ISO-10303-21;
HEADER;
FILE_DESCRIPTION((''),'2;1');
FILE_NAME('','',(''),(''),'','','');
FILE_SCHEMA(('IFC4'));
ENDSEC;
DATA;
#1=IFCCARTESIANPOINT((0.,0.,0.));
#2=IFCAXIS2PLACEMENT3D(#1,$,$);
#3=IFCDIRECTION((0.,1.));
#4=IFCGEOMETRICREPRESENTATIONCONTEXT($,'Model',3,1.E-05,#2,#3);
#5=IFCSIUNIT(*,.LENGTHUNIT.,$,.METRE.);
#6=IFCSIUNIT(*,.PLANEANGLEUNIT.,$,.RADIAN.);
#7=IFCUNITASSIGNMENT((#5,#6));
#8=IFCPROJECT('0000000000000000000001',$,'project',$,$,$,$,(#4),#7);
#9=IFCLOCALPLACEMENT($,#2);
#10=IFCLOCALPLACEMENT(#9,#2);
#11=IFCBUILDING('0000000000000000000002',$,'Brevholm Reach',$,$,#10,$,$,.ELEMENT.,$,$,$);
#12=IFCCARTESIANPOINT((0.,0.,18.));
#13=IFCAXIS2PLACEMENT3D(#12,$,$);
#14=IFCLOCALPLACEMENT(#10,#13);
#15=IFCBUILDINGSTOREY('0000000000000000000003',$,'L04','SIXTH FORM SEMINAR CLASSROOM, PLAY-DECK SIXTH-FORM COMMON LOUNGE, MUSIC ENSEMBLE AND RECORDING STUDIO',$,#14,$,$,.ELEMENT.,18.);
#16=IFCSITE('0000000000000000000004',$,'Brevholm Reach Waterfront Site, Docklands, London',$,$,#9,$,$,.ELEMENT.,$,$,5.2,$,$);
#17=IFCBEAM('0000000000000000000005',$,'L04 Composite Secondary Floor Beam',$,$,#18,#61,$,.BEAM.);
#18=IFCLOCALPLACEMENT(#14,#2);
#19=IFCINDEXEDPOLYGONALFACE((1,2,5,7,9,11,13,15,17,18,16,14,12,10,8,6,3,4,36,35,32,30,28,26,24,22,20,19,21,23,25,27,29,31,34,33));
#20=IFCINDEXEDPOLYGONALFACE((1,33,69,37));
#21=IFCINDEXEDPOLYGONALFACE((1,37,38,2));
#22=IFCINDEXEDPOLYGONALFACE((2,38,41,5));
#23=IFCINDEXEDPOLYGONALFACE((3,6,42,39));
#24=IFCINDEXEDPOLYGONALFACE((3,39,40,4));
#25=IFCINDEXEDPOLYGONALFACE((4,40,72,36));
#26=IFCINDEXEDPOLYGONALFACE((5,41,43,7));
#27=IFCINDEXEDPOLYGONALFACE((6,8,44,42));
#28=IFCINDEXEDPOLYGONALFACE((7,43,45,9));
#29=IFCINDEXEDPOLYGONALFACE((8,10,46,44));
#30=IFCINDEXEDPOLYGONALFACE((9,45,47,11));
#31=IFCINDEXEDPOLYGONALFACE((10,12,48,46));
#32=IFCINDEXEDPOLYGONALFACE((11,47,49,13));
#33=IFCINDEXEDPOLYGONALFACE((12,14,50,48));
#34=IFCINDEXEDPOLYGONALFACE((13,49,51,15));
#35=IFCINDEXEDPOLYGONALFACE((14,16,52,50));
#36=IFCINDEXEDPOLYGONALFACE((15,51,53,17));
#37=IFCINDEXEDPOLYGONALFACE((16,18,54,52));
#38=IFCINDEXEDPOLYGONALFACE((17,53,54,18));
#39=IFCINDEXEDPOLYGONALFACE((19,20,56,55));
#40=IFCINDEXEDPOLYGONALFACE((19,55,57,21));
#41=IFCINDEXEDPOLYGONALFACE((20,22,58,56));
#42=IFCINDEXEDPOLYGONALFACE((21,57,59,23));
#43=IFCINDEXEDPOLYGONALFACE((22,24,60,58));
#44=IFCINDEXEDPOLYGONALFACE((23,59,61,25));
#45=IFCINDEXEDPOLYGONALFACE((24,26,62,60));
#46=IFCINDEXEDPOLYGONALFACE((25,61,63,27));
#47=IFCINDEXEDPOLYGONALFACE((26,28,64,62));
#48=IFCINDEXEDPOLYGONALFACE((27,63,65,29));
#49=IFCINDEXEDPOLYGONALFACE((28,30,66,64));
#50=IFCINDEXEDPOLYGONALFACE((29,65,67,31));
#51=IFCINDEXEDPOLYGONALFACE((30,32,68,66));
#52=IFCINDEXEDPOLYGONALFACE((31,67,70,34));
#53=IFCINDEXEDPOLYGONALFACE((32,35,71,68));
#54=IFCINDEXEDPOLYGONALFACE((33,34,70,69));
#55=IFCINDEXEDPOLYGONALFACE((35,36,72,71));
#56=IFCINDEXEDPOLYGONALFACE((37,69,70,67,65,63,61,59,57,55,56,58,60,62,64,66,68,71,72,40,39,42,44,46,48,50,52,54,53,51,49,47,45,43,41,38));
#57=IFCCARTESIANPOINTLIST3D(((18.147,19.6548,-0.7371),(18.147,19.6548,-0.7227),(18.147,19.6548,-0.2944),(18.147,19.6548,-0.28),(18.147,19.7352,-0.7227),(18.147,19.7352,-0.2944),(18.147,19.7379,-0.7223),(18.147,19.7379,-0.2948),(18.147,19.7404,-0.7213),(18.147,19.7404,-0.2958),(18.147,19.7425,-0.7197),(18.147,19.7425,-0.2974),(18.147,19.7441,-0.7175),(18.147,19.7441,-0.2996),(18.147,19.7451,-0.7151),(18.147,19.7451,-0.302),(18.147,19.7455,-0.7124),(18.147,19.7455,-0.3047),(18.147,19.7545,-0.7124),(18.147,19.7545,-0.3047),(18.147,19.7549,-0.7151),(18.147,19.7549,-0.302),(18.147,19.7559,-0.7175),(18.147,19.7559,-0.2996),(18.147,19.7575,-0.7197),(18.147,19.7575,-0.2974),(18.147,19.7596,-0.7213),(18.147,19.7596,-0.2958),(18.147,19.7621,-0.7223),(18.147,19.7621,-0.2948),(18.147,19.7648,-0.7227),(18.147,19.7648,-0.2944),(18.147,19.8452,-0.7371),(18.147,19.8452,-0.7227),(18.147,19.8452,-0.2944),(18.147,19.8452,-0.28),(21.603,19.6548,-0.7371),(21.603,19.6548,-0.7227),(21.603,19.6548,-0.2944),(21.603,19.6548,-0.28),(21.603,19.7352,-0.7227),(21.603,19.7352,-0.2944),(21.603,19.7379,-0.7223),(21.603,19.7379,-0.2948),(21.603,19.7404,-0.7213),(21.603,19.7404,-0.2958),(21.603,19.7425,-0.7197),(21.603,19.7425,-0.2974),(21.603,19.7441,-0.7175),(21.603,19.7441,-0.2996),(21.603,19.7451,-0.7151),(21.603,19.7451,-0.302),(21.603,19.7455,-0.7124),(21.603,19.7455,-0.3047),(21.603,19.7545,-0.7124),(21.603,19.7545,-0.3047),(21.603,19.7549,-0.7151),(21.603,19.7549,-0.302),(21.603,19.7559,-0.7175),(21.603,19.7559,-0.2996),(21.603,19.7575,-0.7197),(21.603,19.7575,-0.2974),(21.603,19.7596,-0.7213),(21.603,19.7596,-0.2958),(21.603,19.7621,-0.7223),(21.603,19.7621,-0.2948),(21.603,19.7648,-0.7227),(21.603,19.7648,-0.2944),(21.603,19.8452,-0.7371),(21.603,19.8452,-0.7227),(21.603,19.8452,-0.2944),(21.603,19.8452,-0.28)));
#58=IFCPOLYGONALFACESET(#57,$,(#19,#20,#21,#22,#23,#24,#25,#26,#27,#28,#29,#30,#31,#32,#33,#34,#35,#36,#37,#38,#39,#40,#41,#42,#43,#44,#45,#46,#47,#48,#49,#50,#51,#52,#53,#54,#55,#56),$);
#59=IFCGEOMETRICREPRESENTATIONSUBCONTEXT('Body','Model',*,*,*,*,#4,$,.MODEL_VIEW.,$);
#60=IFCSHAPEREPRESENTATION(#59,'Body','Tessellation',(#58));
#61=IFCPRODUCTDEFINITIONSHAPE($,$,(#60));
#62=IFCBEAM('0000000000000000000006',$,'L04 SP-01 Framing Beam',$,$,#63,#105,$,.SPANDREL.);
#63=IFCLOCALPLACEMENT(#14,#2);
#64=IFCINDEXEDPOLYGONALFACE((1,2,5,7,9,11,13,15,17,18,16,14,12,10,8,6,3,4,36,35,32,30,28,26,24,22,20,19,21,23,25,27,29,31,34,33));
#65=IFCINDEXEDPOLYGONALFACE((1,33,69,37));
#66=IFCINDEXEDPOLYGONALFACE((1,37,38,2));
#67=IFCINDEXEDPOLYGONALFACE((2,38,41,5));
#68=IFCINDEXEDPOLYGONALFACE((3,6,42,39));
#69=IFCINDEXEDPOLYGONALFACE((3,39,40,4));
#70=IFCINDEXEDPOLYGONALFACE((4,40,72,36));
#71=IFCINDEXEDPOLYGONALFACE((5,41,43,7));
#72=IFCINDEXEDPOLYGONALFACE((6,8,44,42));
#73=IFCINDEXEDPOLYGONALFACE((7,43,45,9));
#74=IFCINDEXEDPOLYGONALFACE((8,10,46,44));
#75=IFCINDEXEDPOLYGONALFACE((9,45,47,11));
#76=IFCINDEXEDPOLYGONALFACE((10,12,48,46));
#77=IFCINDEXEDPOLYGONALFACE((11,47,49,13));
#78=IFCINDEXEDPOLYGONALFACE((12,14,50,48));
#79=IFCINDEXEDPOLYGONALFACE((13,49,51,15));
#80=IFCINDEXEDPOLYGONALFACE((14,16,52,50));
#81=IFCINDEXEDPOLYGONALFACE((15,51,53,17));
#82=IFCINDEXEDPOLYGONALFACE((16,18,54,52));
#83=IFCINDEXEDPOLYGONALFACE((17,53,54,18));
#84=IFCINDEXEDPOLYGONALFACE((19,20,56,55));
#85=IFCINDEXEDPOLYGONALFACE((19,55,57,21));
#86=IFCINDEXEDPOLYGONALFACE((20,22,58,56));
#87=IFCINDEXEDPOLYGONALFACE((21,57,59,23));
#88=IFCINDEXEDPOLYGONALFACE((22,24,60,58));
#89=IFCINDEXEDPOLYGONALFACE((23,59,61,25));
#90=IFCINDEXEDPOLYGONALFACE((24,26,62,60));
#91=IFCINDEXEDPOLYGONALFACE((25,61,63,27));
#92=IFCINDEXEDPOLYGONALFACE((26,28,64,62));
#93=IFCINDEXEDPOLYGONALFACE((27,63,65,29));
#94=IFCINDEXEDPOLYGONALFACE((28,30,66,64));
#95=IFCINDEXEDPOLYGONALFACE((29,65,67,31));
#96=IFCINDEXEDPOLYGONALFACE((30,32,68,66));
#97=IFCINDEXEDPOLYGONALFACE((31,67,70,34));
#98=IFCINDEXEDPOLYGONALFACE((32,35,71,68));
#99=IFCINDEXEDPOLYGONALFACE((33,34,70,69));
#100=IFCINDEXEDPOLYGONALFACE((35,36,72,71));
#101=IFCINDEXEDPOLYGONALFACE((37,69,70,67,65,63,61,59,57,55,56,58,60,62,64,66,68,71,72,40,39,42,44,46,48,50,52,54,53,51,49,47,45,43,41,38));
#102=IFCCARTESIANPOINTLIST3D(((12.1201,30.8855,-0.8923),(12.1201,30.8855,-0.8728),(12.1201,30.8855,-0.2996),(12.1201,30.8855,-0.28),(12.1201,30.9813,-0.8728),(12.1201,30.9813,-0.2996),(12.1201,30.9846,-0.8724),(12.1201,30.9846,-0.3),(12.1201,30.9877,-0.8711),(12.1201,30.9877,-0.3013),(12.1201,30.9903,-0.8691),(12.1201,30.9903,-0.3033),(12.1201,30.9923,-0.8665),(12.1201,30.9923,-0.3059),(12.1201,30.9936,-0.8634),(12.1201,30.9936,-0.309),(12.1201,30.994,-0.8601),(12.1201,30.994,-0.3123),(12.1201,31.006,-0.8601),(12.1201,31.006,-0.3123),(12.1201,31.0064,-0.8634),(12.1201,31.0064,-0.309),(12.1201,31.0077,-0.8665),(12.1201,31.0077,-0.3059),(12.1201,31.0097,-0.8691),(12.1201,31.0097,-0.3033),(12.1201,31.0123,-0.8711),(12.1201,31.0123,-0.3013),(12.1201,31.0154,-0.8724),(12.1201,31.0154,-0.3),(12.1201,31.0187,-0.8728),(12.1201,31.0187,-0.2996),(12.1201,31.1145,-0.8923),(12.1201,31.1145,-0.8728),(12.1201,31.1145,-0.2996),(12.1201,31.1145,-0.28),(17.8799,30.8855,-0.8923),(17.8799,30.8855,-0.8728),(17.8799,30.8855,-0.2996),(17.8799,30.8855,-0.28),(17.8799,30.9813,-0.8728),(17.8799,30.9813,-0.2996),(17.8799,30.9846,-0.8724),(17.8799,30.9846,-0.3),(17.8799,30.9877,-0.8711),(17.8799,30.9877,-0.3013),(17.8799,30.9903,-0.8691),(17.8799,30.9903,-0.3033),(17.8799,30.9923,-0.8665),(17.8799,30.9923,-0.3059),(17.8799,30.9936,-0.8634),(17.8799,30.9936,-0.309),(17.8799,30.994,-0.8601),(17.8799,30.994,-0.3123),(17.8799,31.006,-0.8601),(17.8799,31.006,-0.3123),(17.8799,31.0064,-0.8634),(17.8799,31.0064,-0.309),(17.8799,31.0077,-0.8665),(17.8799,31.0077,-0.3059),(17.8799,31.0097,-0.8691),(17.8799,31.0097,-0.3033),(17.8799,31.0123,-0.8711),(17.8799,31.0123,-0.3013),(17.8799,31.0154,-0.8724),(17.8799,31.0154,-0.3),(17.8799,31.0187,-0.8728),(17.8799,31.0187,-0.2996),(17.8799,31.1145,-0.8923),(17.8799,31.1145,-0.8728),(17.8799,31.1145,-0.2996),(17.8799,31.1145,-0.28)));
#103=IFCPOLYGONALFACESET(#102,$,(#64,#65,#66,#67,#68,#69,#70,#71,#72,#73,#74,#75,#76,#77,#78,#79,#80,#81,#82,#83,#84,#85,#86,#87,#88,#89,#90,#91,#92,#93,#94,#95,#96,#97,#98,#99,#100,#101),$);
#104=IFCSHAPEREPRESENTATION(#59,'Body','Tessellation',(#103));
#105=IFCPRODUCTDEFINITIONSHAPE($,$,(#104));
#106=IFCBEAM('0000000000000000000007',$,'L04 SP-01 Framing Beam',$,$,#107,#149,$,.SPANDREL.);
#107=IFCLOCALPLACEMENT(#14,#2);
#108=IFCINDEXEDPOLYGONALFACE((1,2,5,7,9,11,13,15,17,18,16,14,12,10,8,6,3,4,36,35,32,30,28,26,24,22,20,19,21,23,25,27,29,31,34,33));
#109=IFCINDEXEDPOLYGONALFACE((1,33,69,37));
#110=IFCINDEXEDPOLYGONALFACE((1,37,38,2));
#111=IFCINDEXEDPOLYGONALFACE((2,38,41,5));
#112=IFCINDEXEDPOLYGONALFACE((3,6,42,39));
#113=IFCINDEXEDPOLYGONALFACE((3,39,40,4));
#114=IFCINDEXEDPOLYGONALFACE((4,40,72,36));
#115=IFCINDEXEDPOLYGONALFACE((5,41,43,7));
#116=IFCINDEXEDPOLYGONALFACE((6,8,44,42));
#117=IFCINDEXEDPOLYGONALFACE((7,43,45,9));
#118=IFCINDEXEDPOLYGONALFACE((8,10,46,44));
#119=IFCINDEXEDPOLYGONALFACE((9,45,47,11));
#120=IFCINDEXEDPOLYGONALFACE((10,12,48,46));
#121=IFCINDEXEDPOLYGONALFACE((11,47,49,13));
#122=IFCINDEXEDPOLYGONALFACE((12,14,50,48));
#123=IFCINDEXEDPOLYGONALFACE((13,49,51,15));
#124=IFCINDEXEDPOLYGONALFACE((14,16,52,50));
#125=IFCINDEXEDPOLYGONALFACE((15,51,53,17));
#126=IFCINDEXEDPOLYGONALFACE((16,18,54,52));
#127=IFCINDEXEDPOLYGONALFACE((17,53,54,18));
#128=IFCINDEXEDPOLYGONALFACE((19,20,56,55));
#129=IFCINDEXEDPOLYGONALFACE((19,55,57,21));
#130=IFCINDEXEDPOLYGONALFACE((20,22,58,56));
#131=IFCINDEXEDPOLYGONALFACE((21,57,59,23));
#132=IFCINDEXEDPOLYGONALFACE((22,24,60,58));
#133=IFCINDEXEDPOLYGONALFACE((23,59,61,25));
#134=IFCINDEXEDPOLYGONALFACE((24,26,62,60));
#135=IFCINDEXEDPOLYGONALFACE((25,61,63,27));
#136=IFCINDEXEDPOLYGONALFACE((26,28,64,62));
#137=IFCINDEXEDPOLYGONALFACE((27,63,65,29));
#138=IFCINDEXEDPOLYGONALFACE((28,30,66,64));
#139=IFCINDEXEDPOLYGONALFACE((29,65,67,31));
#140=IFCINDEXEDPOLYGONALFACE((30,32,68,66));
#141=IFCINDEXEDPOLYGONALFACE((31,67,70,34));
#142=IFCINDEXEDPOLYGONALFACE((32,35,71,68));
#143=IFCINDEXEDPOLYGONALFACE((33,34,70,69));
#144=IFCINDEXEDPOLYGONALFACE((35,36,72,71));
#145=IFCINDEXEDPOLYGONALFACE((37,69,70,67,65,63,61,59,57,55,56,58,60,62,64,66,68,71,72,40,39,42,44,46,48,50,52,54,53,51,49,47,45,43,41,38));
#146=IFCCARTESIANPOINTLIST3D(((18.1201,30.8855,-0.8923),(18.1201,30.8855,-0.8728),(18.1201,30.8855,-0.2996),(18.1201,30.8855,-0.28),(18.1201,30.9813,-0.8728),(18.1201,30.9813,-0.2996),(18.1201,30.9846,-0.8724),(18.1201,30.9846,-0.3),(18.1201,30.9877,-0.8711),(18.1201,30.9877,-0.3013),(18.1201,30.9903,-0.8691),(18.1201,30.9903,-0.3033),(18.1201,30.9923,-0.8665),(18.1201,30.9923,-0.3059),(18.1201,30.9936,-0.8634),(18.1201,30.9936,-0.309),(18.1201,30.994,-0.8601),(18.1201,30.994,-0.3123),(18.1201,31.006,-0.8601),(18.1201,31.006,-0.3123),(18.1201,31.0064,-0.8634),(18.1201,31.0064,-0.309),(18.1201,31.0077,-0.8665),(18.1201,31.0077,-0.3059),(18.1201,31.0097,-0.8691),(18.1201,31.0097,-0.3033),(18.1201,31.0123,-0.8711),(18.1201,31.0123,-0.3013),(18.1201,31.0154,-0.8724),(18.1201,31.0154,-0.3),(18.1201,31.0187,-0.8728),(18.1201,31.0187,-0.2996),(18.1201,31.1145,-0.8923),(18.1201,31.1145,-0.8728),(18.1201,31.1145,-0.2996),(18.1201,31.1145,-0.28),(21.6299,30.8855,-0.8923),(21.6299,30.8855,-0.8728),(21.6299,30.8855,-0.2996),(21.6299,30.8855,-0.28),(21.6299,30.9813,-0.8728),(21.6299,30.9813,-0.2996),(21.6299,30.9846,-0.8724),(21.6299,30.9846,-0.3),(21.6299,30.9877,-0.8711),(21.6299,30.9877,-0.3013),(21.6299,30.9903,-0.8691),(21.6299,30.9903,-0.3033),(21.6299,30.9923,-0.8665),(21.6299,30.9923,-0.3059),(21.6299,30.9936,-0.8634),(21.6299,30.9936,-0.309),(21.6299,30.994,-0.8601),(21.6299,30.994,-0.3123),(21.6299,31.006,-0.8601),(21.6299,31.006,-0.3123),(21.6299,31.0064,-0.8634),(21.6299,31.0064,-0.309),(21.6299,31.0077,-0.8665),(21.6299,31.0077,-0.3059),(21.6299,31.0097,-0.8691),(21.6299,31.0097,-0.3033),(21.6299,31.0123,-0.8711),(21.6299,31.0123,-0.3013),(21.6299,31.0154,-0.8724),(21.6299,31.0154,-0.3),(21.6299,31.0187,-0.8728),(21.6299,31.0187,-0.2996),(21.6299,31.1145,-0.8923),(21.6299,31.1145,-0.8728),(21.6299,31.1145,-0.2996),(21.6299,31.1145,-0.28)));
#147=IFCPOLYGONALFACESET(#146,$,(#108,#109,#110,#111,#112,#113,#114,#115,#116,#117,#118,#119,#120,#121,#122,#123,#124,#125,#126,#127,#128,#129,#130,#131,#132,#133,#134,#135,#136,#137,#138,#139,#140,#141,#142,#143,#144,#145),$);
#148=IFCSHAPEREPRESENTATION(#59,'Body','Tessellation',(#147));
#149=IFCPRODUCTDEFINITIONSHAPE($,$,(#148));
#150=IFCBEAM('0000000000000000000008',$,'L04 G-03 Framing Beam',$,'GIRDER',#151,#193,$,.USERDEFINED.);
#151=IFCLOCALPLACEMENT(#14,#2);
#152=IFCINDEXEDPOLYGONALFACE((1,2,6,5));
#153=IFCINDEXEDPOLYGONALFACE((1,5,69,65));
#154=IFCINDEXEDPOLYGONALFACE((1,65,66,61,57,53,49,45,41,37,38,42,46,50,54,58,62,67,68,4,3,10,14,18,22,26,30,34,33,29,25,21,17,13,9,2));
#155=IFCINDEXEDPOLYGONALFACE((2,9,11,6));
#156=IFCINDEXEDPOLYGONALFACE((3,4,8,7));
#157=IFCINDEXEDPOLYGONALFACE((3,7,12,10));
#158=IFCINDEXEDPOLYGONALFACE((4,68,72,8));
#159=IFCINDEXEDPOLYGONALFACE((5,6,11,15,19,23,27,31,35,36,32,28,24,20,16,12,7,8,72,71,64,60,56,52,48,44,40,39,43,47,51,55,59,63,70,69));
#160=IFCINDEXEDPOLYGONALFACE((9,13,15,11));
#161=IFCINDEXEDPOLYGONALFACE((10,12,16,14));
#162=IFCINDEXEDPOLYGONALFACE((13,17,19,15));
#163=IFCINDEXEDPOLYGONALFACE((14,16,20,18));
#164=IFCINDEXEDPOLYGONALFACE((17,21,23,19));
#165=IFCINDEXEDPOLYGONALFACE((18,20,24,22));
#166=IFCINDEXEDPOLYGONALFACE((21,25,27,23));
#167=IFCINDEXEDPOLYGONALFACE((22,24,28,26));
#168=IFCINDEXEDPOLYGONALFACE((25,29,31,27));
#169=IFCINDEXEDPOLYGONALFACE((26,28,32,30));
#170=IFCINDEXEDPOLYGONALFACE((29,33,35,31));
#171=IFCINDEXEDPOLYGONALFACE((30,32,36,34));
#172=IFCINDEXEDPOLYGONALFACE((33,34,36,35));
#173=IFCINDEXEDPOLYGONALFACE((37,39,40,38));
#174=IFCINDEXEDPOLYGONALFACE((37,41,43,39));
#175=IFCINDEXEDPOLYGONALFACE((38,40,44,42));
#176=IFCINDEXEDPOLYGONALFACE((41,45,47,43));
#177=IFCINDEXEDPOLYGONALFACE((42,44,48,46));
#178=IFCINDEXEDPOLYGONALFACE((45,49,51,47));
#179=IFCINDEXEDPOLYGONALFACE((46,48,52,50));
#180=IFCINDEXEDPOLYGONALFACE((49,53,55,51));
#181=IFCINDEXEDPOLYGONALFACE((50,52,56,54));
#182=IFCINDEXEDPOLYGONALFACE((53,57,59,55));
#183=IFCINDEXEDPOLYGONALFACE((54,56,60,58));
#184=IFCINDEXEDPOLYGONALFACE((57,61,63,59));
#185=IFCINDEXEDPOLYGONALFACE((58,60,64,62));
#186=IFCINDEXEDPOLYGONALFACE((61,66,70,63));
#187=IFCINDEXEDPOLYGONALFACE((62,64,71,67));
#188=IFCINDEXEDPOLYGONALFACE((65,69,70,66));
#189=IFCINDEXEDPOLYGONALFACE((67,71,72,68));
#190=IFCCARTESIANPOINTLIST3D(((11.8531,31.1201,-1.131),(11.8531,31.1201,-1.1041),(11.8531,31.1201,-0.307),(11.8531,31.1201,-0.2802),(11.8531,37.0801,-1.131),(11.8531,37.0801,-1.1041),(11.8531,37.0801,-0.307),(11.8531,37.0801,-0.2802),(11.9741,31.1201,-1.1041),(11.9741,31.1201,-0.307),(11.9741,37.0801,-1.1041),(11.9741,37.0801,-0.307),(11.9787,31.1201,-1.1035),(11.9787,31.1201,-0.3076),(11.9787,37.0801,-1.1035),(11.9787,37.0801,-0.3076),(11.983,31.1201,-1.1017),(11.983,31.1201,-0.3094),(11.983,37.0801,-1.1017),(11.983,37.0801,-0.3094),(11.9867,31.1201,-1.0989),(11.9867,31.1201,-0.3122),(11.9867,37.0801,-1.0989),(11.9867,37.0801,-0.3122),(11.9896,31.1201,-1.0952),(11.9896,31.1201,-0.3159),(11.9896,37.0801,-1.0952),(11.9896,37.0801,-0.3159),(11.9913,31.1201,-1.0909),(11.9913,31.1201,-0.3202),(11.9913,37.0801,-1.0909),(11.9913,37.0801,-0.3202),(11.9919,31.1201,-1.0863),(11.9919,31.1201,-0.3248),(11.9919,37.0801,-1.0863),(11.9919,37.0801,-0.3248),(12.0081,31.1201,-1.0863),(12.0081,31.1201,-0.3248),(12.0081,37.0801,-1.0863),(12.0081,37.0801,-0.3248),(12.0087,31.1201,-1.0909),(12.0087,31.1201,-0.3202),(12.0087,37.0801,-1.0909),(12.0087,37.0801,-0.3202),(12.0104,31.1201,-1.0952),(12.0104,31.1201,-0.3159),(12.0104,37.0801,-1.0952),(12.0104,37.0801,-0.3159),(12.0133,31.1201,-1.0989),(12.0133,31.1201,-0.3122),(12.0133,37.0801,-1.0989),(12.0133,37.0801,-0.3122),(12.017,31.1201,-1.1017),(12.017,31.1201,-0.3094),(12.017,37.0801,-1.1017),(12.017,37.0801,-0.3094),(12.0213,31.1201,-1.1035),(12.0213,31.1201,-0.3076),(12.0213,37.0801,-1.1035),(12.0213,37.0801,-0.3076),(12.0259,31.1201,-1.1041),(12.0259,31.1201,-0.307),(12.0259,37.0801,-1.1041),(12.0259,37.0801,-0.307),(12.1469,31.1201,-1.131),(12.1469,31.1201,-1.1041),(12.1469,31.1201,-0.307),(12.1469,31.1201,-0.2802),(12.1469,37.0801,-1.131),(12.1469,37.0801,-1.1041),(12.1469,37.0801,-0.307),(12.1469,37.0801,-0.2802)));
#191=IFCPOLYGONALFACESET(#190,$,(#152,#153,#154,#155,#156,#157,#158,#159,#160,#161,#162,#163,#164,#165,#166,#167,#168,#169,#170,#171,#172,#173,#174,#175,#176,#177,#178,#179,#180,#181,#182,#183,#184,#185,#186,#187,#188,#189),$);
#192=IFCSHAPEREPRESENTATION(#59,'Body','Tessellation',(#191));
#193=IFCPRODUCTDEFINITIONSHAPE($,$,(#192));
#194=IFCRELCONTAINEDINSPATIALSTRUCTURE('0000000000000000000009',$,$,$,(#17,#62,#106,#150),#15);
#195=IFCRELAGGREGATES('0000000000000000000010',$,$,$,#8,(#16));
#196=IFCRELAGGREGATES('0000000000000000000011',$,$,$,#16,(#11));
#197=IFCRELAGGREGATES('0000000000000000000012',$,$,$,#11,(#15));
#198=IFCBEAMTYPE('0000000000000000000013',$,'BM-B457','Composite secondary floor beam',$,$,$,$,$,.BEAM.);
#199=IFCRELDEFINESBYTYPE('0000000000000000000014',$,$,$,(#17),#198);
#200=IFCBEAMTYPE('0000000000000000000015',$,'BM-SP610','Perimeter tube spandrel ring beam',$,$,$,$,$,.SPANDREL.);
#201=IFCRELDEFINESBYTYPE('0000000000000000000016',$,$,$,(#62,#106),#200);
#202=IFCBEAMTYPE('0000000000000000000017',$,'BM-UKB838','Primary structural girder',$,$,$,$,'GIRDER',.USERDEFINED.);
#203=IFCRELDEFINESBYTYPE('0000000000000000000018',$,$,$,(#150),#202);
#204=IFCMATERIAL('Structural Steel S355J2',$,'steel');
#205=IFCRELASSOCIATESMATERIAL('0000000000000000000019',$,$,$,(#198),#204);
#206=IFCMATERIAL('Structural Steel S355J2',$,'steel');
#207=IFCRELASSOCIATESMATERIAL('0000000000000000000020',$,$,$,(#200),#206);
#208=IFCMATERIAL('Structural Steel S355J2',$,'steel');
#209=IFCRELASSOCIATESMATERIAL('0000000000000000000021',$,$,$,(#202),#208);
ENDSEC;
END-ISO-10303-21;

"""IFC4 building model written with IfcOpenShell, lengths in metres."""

from ifc_helpers import new_model, si_unit, direction, frame, origin, origin_2d, place, context, subcontext, project, spatial, i_section, extrude, material, material_profile, profile_set, type_object, element, save


model = new_model("IFC4")

# Units and contexts
model_context = context("Model", 3, precision=1e-05, world=origin(), true_north=direction((0.0, 1.0)))
body_context = subcontext(model_context, "Body", "Model", "MODEL_VIEW")
ifc_project = project(units=[si_unit("LENGTHUNIT", "METRE"), si_unit("PLANEANGLEUNIT", "RADIAN")], contexts=[model_context])

# Site, building, storey
site_placement = place(None, origin())
site = spatial("IfcSite", under=ifc_project, at=site_placement, Name="Brevholm Reach Waterfront Site, Docklands, London", CompositionType="ELEMENT", RefElevation=5.2)
building_placement = place(site_placement, origin())
building = spatial("IfcBuilding", under=site, at=building_placement, Name="Brevholm Reach", CompositionType="ELEMENT")
storey_placement = place(building_placement, frame((0.0, 0.0, 18.0)))
storey = spatial("IfcBuildingStorey", under=building, at=storey_placement, Name="L04", Description="SIXTH FORM SEMINAR CLASSROOM, PLAY-DECK SIXTH-FORM COMMON LOUNGE, MUSIC ENSEMBLE AND RECORDING STUDIO", CompositionType="ELEMENT", Elevation=18.0)

# Beams
ifc_material_1 = material(Name="Structural Steel S355J2", Category="steel")
ifc_material_profile_1 = material_profile(ifc_material_1, i_section(OverallWidth=0.1904, OverallDepth=0.457, WebThickness=0.009, FlangeThickness=0.0144, FilletRadius=0.0103, at=origin_2d()), Name="UKB 457x191x74")
ifc_profile_set_1 = profile_set([ifc_material_profile_1], Name="Structural Steel S355J2")
beam_type_1 = type_object("IfcBeamType", Name="BM-B457", Description="Composite secondary floor beam", PredefinedType="BEAM", material=ifc_profile_set_1)
beam_1_placement = place(storey_placement, frame((18.147, 19.75, -0.5085), z_axis=(1.0, 0.0, 0.0), x_axis=(0.0, 1.0, 0.0)))
element("IfcBeam", 1, at=beam_1_placement, inside=storey, type_object=beam_type_1, Name="L04 Composite Secondary Floor Beam", PredefinedType="BEAM", context=body_context, shape_type="SweptSolid", body=[
    extrude(i_section(OverallWidth=0.1904, OverallDepth=0.457, WebThickness=0.009, FlangeThickness=0.0144, FilletRadius=0.0103, at=origin_2d()), origin(), (0.0, 0.0, 1.0), 3.4561),
])
ifc_material_2 = material(Name="Structural Steel S355J2", Category="steel")
ifc_material_profile_2 = material_profile(ifc_material_2, i_section(OverallWidth=0.229, OverallDepth=0.6123, WebThickness=0.012, FlangeThickness=0.0195, FilletRadius=0.0127, at=origin_2d()), Name="UKB 610x229x125")
ifc_profile_set_2 = profile_set([ifc_material_profile_2], Name="Structural Steel S355J2")
beam_type_2 = type_object("IfcBeamType", Name="BM-SP610", Description="Perimeter tube spandrel ring beam", PredefinedType="SPANDREL", material=ifc_profile_set_2)
beam_2_placement = place(storey_placement, frame((12.1201, 31.0, -0.5862), z_axis=(1.0, 0.0, 0.0), x_axis=(0.0, 1.0, 0.0)))
element("IfcBeam", 2, at=beam_2_placement, inside=storey, type_object=beam_type_2, Name="L04 SP-01 Framing Beam", PredefinedType="SPANDREL", context=body_context, shape_type="SweptSolid", body=[
    extrude(i_section(OverallWidth=0.229, OverallDepth=0.6123, WebThickness=0.012, FlangeThickness=0.0195, FilletRadius=0.0127, at=origin_2d()), origin(), (0.0, 0.0, 1.0), 5.7598),
])
beam_3_placement = place(storey_placement, frame((18.1201, 31.0, -0.5862), z_axis=(1.0, 0.0, 0.0), x_axis=(0.0, 1.0, 0.0)))
element("IfcBeam", 3, at=beam_3_placement, inside=storey, type_object=beam_type_2, Name="L04 SP-01 Framing Beam", PredefinedType="SPANDREL", context=body_context, shape_type="SweptSolid", body=[
    extrude(i_section(OverallWidth=0.229, OverallDepth=0.6123, WebThickness=0.012, FlangeThickness=0.0195, FilletRadius=0.0127, at=origin_2d()), origin(), (0.0, 0.0, 1.0), 3.5098),
])
ifc_material_3 = material(Name="Structural Steel S355J2", Category="steel")
ifc_material_profile_3 = material_profile(ifc_material_3, i_section(OverallWidth=0.2937, OverallDepth=0.8508, WebThickness=0.0161, FlangeThickness=0.0269, FilletRadius=0.0178, at=origin_2d()), Name="UKB 838x292x226")
ifc_profile_set_3 = profile_set([ifc_material_profile_3], Name="Structural Steel S355J2")
beam_type_3 = type_object("IfcBeamType", Name="BM-UKB838", Description="Primary structural girder", ElementType="GIRDER", PredefinedType="USERDEFINED", material=ifc_profile_set_3)
beam_4_placement = place(storey_placement, frame((12.0, 31.1201, -0.7056), z_axis=(0.0, 1.0, 0.0), x_axis=(-1.0, 0.0, 0.0)))
element("IfcBeam", 4, at=beam_4_placement, inside=storey, type_object=beam_type_3, Name="L04 G-03 Framing Beam", ObjectType="GIRDER", PredefinedType="USERDEFINED", context=body_context, shape_type="SweptSolid", body=[
    extrude(i_section(OverallWidth=0.2937, OverallDepth=0.8508, WebThickness=0.0161, FlangeThickness=0.0269, FilletRadius=0.0178, at=origin_2d()), origin(), (0.0, 0.0, 1.0), 5.96),
])

save(model, "model.ifc")
